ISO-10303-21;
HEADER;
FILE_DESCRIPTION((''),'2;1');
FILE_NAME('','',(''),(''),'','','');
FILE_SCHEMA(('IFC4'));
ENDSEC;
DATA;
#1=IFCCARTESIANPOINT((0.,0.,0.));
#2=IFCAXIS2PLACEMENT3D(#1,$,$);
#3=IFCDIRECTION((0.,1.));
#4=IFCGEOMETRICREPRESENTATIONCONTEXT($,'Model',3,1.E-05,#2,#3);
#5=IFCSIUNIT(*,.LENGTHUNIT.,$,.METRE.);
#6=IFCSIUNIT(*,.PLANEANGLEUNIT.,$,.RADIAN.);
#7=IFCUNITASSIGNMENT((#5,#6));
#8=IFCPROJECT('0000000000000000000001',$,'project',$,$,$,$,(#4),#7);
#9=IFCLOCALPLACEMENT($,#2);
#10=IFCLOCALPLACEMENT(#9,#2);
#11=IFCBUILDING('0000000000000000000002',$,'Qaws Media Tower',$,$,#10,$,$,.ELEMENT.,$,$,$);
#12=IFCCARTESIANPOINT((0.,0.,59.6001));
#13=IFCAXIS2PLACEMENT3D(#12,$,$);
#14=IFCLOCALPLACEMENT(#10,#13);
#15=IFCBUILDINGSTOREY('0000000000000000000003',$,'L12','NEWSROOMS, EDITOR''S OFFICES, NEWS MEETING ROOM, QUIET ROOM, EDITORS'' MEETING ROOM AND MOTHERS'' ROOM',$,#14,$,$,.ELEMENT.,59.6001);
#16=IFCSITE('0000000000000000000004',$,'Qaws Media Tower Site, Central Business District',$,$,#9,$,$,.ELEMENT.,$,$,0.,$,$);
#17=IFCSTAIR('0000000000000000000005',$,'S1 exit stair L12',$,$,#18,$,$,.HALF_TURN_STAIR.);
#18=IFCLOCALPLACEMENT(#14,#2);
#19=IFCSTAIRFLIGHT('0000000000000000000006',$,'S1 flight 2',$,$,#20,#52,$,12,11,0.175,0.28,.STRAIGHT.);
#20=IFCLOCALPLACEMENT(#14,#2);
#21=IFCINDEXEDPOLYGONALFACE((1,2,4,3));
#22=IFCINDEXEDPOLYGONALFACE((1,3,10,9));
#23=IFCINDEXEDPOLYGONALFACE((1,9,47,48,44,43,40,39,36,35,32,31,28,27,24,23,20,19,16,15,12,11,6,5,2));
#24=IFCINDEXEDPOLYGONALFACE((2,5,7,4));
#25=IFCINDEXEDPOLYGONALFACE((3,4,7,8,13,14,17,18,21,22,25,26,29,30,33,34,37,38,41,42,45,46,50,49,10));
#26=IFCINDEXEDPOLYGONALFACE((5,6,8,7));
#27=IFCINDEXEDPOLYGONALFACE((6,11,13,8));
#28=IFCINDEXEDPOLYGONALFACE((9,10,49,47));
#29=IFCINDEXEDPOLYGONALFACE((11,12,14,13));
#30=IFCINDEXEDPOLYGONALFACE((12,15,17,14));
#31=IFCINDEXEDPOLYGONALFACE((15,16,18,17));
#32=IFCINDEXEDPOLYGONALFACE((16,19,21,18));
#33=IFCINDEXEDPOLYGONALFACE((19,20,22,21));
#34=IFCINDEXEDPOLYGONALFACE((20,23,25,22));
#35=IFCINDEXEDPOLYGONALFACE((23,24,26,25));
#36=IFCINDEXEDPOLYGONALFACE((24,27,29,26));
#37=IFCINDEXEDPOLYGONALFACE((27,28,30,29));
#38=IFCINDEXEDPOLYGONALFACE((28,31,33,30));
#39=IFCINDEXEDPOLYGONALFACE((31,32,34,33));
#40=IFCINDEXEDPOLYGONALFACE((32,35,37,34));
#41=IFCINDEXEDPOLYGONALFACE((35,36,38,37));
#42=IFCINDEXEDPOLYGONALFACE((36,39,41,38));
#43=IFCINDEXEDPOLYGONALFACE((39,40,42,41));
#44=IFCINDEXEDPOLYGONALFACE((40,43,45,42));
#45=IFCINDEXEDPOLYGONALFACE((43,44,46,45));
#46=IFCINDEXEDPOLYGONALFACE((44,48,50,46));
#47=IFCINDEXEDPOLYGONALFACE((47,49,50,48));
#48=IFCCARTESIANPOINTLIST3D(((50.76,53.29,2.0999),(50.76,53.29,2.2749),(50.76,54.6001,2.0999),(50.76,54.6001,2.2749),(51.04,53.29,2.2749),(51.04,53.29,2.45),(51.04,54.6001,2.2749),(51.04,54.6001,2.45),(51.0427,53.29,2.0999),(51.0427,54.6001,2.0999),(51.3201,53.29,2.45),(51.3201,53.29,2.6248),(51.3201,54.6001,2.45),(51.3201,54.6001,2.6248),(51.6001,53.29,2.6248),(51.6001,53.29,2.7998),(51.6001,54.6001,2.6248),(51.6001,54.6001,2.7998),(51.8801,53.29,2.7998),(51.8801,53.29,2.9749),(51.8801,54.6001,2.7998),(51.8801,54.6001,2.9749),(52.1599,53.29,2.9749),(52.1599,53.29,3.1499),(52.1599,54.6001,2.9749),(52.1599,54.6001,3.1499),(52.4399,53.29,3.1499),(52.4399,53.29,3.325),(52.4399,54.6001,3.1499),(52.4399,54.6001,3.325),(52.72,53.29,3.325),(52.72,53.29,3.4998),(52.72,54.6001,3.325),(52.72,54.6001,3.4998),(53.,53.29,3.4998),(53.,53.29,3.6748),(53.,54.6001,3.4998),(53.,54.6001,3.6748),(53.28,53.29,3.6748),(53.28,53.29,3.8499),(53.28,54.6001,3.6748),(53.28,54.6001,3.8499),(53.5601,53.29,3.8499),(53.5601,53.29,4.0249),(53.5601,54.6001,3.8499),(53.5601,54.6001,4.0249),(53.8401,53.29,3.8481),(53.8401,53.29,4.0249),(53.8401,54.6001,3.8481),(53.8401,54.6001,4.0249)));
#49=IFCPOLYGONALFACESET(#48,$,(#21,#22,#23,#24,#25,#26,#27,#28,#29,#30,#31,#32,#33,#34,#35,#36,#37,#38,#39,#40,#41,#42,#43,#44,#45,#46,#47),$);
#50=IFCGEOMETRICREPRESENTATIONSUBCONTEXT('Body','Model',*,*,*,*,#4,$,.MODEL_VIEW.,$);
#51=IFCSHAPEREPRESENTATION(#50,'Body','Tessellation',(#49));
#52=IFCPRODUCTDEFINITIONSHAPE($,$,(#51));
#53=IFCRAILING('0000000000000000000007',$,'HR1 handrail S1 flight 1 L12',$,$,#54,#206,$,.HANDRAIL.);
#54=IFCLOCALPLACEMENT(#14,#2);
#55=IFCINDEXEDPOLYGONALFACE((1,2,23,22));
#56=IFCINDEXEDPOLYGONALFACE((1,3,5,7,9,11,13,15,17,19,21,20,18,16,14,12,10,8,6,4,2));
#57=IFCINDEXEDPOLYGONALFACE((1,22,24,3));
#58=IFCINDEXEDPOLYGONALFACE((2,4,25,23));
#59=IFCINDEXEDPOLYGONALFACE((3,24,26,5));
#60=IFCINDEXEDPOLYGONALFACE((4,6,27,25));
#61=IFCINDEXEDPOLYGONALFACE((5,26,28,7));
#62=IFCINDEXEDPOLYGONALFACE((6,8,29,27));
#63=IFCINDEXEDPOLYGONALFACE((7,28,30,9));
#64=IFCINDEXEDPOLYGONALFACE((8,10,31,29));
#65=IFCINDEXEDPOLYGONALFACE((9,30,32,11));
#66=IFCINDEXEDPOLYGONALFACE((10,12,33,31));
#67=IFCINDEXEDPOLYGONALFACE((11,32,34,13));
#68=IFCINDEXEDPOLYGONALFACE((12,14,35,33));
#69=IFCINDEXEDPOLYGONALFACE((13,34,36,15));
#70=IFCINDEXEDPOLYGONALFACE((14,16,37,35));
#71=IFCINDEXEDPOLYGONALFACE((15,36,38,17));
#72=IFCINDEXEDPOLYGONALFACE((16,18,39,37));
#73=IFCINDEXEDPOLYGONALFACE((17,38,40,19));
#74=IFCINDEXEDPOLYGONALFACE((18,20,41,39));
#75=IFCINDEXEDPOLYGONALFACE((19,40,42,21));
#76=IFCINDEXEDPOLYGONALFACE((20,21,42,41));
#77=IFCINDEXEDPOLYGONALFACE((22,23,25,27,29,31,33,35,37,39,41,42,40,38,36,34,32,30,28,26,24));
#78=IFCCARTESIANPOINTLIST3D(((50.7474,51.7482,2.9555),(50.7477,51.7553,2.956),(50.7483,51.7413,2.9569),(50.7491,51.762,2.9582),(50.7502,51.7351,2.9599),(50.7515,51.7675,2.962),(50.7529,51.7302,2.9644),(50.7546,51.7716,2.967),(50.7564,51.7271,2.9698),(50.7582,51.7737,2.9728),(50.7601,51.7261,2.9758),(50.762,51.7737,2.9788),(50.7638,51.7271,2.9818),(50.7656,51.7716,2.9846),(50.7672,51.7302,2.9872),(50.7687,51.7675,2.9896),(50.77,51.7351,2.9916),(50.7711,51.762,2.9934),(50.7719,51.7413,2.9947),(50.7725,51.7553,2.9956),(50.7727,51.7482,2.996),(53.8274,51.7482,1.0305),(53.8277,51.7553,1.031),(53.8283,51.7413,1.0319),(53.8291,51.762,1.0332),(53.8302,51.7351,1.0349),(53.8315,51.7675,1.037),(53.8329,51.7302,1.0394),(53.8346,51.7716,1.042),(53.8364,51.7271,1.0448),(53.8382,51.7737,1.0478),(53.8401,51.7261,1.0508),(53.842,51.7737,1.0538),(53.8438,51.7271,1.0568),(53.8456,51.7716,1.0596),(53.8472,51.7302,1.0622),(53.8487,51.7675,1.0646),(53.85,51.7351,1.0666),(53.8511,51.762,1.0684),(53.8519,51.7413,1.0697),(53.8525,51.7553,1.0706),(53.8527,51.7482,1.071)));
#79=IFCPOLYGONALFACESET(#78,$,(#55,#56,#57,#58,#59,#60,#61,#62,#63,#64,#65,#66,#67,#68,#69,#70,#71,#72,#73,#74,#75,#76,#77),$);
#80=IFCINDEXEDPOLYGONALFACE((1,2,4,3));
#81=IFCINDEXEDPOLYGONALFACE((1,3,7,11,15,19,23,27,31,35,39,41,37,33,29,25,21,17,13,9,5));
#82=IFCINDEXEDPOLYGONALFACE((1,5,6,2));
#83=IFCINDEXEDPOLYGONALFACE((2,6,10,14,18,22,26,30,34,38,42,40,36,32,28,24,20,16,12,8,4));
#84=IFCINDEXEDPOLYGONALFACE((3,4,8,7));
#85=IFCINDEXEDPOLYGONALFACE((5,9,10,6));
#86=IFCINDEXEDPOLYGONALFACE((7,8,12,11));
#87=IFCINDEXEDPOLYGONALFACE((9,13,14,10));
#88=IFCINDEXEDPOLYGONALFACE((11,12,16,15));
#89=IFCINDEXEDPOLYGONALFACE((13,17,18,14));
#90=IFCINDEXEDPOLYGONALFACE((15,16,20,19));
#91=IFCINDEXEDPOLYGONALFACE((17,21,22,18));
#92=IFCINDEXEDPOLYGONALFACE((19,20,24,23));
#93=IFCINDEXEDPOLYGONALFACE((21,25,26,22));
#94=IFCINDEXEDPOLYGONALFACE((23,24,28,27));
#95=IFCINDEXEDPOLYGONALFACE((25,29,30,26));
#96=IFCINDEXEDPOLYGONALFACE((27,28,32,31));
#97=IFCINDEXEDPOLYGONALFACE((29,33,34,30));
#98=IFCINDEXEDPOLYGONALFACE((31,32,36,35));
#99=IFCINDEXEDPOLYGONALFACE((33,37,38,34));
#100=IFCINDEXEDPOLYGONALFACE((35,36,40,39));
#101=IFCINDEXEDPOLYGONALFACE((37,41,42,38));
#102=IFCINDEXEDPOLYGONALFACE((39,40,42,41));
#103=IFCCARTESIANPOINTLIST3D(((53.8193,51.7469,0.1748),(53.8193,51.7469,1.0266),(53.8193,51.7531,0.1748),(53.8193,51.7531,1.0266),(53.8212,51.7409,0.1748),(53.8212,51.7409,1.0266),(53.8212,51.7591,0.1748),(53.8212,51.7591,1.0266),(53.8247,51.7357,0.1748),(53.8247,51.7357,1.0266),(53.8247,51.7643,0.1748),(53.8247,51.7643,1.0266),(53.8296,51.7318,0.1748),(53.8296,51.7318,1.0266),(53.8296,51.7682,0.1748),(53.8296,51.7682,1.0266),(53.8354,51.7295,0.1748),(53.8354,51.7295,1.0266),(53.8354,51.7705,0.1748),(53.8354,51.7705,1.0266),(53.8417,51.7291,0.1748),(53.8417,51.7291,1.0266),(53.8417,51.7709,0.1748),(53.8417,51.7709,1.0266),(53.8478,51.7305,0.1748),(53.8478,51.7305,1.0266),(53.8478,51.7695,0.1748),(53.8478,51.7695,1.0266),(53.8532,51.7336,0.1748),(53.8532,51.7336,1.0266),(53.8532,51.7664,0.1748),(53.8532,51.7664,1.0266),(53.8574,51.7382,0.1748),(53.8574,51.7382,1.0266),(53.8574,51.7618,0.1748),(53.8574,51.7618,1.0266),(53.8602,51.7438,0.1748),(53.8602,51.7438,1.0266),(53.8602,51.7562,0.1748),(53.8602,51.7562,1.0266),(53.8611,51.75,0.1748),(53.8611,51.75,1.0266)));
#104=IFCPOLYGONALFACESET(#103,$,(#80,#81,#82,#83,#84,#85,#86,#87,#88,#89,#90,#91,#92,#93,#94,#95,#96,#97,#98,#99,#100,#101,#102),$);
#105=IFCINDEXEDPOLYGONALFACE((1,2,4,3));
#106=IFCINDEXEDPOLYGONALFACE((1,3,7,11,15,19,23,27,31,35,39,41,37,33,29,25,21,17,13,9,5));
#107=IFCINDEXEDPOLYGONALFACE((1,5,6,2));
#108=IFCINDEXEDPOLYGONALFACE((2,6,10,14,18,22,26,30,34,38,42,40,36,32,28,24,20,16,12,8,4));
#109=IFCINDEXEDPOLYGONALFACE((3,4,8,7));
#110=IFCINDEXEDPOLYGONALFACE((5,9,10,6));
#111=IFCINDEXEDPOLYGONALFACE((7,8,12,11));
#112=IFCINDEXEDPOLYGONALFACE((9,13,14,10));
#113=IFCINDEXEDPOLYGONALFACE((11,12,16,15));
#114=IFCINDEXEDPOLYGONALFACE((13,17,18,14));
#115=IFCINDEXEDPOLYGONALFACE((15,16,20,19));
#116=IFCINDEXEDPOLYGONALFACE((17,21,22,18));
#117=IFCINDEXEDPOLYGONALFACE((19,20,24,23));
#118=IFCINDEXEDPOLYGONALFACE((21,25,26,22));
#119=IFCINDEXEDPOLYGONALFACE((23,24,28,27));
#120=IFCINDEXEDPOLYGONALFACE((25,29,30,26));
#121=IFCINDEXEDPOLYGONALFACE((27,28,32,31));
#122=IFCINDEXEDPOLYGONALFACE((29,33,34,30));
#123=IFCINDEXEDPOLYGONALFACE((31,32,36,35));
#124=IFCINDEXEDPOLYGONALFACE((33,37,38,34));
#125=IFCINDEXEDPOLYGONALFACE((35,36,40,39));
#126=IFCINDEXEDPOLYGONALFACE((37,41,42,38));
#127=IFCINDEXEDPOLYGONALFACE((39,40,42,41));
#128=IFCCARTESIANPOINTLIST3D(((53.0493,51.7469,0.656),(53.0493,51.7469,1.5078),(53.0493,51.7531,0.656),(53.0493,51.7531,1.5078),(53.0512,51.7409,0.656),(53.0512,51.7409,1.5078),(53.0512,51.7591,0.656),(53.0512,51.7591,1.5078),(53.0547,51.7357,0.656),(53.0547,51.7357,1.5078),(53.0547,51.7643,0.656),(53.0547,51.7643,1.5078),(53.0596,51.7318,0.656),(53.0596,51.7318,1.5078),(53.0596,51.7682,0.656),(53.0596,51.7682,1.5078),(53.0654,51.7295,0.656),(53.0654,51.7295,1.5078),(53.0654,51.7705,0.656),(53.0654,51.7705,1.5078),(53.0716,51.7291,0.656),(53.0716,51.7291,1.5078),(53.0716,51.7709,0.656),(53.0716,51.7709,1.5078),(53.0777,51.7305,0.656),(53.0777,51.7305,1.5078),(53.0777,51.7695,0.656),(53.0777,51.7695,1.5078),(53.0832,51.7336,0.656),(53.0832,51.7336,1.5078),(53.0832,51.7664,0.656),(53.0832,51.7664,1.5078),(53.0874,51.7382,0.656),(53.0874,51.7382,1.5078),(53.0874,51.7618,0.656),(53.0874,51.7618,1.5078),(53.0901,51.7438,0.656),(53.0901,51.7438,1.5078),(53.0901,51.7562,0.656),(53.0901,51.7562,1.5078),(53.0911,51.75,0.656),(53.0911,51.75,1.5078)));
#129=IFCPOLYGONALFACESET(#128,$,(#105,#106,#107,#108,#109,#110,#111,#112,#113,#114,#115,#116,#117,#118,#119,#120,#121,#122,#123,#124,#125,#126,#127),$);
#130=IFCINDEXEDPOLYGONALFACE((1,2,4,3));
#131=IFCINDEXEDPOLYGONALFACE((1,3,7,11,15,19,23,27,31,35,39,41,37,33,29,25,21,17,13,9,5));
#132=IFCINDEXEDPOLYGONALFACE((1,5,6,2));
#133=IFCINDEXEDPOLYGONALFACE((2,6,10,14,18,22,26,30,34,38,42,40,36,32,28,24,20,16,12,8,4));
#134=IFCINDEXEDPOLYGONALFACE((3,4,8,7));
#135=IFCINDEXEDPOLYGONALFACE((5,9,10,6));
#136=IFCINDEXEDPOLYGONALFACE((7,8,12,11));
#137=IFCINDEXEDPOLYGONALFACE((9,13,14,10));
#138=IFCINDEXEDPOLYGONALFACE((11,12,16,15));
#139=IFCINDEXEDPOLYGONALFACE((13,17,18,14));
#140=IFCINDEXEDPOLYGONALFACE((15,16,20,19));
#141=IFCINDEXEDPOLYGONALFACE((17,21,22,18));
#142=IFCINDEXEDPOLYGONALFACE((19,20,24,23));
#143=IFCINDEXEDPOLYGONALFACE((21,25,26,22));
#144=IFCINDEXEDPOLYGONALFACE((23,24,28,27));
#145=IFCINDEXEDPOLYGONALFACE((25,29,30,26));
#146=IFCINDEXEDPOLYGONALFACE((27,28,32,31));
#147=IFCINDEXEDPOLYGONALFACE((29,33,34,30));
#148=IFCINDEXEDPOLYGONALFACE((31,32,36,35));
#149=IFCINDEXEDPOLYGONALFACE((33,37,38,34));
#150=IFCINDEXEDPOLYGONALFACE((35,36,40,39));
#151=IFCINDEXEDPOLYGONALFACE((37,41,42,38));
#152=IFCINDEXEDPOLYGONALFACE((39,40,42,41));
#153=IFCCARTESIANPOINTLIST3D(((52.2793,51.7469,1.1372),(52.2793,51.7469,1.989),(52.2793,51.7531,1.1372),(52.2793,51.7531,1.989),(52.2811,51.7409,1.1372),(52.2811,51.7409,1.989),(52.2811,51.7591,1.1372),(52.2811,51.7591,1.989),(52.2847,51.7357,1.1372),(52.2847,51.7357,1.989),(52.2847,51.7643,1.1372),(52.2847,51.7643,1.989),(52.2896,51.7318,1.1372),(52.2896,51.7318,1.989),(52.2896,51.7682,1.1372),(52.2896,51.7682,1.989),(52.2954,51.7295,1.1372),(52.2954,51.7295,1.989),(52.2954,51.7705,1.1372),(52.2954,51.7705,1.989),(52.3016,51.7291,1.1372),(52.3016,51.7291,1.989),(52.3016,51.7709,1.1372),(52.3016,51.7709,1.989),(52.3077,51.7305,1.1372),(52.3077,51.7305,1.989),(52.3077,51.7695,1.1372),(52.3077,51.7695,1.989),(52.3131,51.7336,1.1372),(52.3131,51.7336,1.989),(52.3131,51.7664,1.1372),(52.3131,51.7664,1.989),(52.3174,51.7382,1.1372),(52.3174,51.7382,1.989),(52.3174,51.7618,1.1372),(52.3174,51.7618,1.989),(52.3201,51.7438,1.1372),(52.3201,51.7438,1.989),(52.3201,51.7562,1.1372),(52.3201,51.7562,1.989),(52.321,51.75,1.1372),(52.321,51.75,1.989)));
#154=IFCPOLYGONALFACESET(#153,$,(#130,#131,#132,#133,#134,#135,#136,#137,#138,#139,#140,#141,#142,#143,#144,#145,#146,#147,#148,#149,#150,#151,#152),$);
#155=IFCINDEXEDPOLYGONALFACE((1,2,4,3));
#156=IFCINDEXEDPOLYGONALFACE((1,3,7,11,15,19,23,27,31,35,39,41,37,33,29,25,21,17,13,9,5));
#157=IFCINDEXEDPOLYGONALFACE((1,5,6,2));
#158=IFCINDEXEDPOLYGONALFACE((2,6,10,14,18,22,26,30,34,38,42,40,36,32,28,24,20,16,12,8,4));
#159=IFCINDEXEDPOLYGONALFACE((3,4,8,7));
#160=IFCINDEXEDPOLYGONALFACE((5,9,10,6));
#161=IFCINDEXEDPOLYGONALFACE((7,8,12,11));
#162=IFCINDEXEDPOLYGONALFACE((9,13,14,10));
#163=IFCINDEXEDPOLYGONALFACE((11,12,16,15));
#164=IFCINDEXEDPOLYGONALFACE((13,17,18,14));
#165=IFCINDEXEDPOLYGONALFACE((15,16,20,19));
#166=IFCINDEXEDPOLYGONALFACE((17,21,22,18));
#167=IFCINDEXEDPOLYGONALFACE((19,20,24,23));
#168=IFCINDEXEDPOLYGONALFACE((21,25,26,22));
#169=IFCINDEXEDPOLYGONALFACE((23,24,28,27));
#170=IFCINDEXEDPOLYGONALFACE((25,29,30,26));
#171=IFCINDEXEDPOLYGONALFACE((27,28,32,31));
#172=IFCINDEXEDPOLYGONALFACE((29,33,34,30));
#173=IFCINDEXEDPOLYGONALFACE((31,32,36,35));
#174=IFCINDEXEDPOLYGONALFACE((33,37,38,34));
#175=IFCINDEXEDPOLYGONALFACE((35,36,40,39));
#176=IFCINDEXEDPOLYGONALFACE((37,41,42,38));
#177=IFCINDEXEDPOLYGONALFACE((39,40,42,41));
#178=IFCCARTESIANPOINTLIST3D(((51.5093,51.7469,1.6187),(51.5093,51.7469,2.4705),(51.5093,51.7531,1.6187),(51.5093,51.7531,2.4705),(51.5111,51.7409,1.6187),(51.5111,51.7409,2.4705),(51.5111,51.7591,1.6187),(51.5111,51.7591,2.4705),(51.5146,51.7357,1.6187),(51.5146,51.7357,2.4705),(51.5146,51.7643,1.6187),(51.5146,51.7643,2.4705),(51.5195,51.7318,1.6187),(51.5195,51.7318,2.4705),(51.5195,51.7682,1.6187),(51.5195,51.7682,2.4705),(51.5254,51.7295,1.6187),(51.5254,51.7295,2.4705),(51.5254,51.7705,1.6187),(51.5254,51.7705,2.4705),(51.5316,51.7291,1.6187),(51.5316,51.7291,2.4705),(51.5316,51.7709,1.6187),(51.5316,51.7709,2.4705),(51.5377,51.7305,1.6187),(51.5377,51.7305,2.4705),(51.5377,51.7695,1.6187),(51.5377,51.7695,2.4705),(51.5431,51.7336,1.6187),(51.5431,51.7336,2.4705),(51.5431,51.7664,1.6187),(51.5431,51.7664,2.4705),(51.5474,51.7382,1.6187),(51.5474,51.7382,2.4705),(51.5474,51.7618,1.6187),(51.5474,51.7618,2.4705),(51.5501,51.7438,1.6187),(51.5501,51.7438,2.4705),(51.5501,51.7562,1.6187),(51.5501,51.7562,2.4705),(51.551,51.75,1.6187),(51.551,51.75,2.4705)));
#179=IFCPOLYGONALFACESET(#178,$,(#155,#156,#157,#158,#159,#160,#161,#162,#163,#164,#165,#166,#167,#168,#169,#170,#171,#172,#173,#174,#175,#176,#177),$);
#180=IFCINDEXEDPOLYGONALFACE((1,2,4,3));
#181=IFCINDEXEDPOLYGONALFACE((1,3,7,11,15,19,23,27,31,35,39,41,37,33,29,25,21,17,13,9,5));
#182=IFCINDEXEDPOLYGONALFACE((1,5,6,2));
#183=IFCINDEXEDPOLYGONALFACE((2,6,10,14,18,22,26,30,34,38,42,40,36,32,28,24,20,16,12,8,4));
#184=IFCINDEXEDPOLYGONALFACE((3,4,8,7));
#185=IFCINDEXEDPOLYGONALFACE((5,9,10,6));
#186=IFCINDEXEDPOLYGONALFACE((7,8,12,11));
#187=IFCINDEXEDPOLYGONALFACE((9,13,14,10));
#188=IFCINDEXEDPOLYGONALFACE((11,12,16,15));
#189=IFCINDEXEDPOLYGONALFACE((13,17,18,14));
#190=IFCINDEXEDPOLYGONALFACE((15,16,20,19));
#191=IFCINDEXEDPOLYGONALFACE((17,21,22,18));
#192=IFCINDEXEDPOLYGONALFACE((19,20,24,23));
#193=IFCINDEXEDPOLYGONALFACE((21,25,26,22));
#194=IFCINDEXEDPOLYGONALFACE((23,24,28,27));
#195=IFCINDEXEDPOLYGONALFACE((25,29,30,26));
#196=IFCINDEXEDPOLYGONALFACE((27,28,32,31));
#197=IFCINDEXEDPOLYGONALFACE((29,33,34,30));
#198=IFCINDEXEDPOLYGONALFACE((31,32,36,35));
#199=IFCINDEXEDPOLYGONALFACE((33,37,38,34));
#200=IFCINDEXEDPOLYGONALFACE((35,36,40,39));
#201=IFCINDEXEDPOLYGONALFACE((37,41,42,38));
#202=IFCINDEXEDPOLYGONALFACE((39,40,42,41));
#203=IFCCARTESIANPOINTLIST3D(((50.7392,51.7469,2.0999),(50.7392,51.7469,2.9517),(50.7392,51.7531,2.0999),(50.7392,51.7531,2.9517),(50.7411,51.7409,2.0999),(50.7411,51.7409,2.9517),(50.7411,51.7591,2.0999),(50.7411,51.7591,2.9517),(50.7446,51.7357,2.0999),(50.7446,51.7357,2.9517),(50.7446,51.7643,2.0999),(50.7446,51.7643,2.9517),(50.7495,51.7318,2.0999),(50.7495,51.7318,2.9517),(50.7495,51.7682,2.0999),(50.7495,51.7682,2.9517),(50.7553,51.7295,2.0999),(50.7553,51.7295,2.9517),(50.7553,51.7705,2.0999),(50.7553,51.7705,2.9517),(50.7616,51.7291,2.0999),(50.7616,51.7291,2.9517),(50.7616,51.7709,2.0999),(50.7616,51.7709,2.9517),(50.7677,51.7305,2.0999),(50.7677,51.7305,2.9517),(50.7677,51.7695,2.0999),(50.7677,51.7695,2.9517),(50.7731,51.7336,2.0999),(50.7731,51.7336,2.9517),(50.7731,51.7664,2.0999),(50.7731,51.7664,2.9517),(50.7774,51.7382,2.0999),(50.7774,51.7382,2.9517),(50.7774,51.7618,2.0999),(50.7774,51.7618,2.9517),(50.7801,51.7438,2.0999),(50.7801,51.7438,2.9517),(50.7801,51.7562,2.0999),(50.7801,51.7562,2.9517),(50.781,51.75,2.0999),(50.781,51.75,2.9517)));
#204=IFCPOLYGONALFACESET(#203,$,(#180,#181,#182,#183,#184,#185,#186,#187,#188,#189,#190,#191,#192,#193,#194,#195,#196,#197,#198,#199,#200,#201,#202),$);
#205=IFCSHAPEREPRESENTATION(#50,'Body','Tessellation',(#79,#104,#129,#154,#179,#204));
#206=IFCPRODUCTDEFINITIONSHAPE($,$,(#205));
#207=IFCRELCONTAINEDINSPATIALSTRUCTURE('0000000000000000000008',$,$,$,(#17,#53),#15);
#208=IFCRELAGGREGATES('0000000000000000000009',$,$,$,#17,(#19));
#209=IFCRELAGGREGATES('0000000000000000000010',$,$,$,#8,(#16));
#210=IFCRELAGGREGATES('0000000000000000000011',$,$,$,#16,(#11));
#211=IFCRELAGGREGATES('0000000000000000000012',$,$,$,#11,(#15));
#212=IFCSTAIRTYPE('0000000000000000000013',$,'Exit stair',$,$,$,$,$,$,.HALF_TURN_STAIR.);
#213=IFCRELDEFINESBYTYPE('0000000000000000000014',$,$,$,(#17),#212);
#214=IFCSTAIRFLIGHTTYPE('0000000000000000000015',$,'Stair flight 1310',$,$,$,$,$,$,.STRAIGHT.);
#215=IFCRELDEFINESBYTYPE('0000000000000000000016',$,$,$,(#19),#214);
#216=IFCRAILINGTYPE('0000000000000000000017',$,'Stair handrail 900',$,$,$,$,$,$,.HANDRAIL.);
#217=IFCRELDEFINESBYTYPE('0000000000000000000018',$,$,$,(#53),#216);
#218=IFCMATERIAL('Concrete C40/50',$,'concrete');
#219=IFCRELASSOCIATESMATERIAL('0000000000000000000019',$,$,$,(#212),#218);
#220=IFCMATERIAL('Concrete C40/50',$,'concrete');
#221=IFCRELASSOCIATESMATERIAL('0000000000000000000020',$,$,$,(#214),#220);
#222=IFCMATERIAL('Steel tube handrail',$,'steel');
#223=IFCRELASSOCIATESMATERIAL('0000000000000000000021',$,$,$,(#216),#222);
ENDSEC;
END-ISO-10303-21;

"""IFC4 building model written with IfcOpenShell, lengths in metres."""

from ifc_helpers import new_model, si_unit, direction, frame, origin, origin_2d, place, context, subcontext, project, spatial, polyline, circle, outline, extrude, material, type_object, element, aggregate, save


model = new_model("IFC4")

# Units and contexts
model_context = context("Model", 3, precision=1e-05, world=origin(), true_north=direction((0.0, 1.0)))
body_context = subcontext(model_context, "Body", "Model", "MODEL_VIEW")
ifc_project = project(units=[si_unit("LENGTHUNIT", "METRE"), si_unit("PLANEANGLEUNIT", "RADIAN")], contexts=[model_context])

# Site, building, storey
site_placement = place(None, origin())
site = spatial("IfcSite", under=ifc_project, at=site_placement, Name="Qaws Media Tower Site, Central Business District", CompositionType="ELEMENT", RefElevation=0.0)
building_placement = place(site_placement, origin())
building = spatial("IfcBuilding", under=site, at=building_placement, Name="Qaws Media Tower", CompositionType="ELEMENT")
storey_placement = place(building_placement, frame((0.0, 0.0, 59.6001)))
storey = spatial("IfcBuildingStorey", under=building, at=storey_placement, Name="L12", Description="NEWSROOMS, EDITOR'S OFFICES, NEWS MEETING ROOM, QUIET ROOM, EDITORS' MEETING ROOM AND MOTHERS' ROOM", CompositionType="ELEMENT", Elevation=59.6001)

# Stair, stair flight
ifc_material_1 = material(Name="Concrete C40/50", Category="concrete")
stair_type = type_object("IfcStairType", Name="Exit stair", PredefinedType="HALF_TURN_STAIR", material=ifc_material_1)
stair_placement = place(storey_placement, origin())
stair = element("IfcStair", 1, at=stair_placement, inside=storey, type_object=stair_type, Name="S1 exit stair L12", PredefinedType="HALF_TURN_STAIR")
ifc_material_2 = material(Name="Concrete C40/50", Category="concrete")
stair_flight_type = type_object("IfcStairFlightType", Name="Stair flight 1310", PredefinedType="STRAIGHT", material=ifc_material_2)
stair_flight_1_placement = place(storey_placement, frame((50.76, 53.9451, 2.0999), z_axis=(0.0, 0.0, 1.0), x_axis=(1.0, 0.0, 0.0)))
stair_flight_1 = element("IfcStairFlight", 2, at=stair_flight_1_placement, type_object=stair_flight_type, Name="S1 flight 2", NumberOfRisers=12, NumberOfTreads=11, PredefinedType="STRAIGHT", RiserHeight=0.175, TreadLength=0.28, context=body_context, shape_type="SweptSolid", body=[
    extrude(outline(polyline([(0.0, 0.0), (0.0, 0.175), (0.28, 0.175), (0.28, 0.3501), (0.5601, 0.3501), (0.5601, 0.5249), (0.8401, 0.5249), (0.8401, 0.7), (1.1201, 0.7), (1.1201, 0.875), (1.3999, 0.875), (1.3999, 1.05), (1.6799, 1.05), (1.6799, 1.2251), (1.96, 1.2251), (1.96, 1.3999), (2.24, 1.3999), (2.24, 1.575), (2.52, 1.575), (2.52, 1.75), (2.8, 1.75), (2.8, 1.925), (3.0801, 1.925), (3.0801, 2.1001), (3.0801, 1.7483), (0.2827, 0.0), (0.0, 0.0)])), frame((0.0, 0.655, 0.0), z_axis=(0.0, -1.0, 0.0), x_axis=(1.0, 0.0, 0.0)), (0.0, 0.0, 1.0), 1.3101),
])
aggregate(stair, [stair_flight_1])

# Railing
ifc_material_3 = material(Name="Steel tube handrail", Category="steel")
railing_type = type_object("IfcRailingType", Name="Stair handrail 900", PredefinedType="HANDRAIL", material=ifc_material_3)
for number, where, name in (
    (3, (53.8401, 51.75, 0.1748), "HR1 handrail S1 flight 1 L12"),
):
    element("IfcRailing", number, at=place(storey_placement, frame(where)), inside=storey, type_object=railing_type, Name=name, PredefinedType="HANDRAIL", context=body_context, shape_type="SweptSolid", body=[
        extrude(circle(Radius=0.0239, at=origin_2d()), frame((0.0, 0.0, 0.876), z_axis=(-0.847998, 0.0, 0.529999), x_axis=(0.0, -1.0, 0.0)), (0.0, 0.0, 1.0), 3.6321),
        extrude(circle(Radius=0.021, at=origin_2d()), origin(), (0.0, 0.0, 1.0), 0.8518),
        extrude(circle(Radius=0.021, at=origin_2d()), frame((-0.77, 0.0, 0.4812)), (0.0, 0.0, 1.0), 0.8518),
        extrude(circle(Radius=0.021, at=origin_2d()), frame((-1.54, 0.0, 0.9624)), (0.0, 0.0, 1.0), 0.8518),
        extrude(circle(Radius=0.021, at=origin_2d()), frame((-2.3101, 0.0, 1.4438)), (0.0, 0.0, 1.0), 0.8518),
        extrude(circle(Radius=0.021, at=origin_2d()), frame((-3.0801, 0.0, 1.925)), (0.0, 0.0, 1.0), 0.8518),
    ])

save(model, "model.ifc")
